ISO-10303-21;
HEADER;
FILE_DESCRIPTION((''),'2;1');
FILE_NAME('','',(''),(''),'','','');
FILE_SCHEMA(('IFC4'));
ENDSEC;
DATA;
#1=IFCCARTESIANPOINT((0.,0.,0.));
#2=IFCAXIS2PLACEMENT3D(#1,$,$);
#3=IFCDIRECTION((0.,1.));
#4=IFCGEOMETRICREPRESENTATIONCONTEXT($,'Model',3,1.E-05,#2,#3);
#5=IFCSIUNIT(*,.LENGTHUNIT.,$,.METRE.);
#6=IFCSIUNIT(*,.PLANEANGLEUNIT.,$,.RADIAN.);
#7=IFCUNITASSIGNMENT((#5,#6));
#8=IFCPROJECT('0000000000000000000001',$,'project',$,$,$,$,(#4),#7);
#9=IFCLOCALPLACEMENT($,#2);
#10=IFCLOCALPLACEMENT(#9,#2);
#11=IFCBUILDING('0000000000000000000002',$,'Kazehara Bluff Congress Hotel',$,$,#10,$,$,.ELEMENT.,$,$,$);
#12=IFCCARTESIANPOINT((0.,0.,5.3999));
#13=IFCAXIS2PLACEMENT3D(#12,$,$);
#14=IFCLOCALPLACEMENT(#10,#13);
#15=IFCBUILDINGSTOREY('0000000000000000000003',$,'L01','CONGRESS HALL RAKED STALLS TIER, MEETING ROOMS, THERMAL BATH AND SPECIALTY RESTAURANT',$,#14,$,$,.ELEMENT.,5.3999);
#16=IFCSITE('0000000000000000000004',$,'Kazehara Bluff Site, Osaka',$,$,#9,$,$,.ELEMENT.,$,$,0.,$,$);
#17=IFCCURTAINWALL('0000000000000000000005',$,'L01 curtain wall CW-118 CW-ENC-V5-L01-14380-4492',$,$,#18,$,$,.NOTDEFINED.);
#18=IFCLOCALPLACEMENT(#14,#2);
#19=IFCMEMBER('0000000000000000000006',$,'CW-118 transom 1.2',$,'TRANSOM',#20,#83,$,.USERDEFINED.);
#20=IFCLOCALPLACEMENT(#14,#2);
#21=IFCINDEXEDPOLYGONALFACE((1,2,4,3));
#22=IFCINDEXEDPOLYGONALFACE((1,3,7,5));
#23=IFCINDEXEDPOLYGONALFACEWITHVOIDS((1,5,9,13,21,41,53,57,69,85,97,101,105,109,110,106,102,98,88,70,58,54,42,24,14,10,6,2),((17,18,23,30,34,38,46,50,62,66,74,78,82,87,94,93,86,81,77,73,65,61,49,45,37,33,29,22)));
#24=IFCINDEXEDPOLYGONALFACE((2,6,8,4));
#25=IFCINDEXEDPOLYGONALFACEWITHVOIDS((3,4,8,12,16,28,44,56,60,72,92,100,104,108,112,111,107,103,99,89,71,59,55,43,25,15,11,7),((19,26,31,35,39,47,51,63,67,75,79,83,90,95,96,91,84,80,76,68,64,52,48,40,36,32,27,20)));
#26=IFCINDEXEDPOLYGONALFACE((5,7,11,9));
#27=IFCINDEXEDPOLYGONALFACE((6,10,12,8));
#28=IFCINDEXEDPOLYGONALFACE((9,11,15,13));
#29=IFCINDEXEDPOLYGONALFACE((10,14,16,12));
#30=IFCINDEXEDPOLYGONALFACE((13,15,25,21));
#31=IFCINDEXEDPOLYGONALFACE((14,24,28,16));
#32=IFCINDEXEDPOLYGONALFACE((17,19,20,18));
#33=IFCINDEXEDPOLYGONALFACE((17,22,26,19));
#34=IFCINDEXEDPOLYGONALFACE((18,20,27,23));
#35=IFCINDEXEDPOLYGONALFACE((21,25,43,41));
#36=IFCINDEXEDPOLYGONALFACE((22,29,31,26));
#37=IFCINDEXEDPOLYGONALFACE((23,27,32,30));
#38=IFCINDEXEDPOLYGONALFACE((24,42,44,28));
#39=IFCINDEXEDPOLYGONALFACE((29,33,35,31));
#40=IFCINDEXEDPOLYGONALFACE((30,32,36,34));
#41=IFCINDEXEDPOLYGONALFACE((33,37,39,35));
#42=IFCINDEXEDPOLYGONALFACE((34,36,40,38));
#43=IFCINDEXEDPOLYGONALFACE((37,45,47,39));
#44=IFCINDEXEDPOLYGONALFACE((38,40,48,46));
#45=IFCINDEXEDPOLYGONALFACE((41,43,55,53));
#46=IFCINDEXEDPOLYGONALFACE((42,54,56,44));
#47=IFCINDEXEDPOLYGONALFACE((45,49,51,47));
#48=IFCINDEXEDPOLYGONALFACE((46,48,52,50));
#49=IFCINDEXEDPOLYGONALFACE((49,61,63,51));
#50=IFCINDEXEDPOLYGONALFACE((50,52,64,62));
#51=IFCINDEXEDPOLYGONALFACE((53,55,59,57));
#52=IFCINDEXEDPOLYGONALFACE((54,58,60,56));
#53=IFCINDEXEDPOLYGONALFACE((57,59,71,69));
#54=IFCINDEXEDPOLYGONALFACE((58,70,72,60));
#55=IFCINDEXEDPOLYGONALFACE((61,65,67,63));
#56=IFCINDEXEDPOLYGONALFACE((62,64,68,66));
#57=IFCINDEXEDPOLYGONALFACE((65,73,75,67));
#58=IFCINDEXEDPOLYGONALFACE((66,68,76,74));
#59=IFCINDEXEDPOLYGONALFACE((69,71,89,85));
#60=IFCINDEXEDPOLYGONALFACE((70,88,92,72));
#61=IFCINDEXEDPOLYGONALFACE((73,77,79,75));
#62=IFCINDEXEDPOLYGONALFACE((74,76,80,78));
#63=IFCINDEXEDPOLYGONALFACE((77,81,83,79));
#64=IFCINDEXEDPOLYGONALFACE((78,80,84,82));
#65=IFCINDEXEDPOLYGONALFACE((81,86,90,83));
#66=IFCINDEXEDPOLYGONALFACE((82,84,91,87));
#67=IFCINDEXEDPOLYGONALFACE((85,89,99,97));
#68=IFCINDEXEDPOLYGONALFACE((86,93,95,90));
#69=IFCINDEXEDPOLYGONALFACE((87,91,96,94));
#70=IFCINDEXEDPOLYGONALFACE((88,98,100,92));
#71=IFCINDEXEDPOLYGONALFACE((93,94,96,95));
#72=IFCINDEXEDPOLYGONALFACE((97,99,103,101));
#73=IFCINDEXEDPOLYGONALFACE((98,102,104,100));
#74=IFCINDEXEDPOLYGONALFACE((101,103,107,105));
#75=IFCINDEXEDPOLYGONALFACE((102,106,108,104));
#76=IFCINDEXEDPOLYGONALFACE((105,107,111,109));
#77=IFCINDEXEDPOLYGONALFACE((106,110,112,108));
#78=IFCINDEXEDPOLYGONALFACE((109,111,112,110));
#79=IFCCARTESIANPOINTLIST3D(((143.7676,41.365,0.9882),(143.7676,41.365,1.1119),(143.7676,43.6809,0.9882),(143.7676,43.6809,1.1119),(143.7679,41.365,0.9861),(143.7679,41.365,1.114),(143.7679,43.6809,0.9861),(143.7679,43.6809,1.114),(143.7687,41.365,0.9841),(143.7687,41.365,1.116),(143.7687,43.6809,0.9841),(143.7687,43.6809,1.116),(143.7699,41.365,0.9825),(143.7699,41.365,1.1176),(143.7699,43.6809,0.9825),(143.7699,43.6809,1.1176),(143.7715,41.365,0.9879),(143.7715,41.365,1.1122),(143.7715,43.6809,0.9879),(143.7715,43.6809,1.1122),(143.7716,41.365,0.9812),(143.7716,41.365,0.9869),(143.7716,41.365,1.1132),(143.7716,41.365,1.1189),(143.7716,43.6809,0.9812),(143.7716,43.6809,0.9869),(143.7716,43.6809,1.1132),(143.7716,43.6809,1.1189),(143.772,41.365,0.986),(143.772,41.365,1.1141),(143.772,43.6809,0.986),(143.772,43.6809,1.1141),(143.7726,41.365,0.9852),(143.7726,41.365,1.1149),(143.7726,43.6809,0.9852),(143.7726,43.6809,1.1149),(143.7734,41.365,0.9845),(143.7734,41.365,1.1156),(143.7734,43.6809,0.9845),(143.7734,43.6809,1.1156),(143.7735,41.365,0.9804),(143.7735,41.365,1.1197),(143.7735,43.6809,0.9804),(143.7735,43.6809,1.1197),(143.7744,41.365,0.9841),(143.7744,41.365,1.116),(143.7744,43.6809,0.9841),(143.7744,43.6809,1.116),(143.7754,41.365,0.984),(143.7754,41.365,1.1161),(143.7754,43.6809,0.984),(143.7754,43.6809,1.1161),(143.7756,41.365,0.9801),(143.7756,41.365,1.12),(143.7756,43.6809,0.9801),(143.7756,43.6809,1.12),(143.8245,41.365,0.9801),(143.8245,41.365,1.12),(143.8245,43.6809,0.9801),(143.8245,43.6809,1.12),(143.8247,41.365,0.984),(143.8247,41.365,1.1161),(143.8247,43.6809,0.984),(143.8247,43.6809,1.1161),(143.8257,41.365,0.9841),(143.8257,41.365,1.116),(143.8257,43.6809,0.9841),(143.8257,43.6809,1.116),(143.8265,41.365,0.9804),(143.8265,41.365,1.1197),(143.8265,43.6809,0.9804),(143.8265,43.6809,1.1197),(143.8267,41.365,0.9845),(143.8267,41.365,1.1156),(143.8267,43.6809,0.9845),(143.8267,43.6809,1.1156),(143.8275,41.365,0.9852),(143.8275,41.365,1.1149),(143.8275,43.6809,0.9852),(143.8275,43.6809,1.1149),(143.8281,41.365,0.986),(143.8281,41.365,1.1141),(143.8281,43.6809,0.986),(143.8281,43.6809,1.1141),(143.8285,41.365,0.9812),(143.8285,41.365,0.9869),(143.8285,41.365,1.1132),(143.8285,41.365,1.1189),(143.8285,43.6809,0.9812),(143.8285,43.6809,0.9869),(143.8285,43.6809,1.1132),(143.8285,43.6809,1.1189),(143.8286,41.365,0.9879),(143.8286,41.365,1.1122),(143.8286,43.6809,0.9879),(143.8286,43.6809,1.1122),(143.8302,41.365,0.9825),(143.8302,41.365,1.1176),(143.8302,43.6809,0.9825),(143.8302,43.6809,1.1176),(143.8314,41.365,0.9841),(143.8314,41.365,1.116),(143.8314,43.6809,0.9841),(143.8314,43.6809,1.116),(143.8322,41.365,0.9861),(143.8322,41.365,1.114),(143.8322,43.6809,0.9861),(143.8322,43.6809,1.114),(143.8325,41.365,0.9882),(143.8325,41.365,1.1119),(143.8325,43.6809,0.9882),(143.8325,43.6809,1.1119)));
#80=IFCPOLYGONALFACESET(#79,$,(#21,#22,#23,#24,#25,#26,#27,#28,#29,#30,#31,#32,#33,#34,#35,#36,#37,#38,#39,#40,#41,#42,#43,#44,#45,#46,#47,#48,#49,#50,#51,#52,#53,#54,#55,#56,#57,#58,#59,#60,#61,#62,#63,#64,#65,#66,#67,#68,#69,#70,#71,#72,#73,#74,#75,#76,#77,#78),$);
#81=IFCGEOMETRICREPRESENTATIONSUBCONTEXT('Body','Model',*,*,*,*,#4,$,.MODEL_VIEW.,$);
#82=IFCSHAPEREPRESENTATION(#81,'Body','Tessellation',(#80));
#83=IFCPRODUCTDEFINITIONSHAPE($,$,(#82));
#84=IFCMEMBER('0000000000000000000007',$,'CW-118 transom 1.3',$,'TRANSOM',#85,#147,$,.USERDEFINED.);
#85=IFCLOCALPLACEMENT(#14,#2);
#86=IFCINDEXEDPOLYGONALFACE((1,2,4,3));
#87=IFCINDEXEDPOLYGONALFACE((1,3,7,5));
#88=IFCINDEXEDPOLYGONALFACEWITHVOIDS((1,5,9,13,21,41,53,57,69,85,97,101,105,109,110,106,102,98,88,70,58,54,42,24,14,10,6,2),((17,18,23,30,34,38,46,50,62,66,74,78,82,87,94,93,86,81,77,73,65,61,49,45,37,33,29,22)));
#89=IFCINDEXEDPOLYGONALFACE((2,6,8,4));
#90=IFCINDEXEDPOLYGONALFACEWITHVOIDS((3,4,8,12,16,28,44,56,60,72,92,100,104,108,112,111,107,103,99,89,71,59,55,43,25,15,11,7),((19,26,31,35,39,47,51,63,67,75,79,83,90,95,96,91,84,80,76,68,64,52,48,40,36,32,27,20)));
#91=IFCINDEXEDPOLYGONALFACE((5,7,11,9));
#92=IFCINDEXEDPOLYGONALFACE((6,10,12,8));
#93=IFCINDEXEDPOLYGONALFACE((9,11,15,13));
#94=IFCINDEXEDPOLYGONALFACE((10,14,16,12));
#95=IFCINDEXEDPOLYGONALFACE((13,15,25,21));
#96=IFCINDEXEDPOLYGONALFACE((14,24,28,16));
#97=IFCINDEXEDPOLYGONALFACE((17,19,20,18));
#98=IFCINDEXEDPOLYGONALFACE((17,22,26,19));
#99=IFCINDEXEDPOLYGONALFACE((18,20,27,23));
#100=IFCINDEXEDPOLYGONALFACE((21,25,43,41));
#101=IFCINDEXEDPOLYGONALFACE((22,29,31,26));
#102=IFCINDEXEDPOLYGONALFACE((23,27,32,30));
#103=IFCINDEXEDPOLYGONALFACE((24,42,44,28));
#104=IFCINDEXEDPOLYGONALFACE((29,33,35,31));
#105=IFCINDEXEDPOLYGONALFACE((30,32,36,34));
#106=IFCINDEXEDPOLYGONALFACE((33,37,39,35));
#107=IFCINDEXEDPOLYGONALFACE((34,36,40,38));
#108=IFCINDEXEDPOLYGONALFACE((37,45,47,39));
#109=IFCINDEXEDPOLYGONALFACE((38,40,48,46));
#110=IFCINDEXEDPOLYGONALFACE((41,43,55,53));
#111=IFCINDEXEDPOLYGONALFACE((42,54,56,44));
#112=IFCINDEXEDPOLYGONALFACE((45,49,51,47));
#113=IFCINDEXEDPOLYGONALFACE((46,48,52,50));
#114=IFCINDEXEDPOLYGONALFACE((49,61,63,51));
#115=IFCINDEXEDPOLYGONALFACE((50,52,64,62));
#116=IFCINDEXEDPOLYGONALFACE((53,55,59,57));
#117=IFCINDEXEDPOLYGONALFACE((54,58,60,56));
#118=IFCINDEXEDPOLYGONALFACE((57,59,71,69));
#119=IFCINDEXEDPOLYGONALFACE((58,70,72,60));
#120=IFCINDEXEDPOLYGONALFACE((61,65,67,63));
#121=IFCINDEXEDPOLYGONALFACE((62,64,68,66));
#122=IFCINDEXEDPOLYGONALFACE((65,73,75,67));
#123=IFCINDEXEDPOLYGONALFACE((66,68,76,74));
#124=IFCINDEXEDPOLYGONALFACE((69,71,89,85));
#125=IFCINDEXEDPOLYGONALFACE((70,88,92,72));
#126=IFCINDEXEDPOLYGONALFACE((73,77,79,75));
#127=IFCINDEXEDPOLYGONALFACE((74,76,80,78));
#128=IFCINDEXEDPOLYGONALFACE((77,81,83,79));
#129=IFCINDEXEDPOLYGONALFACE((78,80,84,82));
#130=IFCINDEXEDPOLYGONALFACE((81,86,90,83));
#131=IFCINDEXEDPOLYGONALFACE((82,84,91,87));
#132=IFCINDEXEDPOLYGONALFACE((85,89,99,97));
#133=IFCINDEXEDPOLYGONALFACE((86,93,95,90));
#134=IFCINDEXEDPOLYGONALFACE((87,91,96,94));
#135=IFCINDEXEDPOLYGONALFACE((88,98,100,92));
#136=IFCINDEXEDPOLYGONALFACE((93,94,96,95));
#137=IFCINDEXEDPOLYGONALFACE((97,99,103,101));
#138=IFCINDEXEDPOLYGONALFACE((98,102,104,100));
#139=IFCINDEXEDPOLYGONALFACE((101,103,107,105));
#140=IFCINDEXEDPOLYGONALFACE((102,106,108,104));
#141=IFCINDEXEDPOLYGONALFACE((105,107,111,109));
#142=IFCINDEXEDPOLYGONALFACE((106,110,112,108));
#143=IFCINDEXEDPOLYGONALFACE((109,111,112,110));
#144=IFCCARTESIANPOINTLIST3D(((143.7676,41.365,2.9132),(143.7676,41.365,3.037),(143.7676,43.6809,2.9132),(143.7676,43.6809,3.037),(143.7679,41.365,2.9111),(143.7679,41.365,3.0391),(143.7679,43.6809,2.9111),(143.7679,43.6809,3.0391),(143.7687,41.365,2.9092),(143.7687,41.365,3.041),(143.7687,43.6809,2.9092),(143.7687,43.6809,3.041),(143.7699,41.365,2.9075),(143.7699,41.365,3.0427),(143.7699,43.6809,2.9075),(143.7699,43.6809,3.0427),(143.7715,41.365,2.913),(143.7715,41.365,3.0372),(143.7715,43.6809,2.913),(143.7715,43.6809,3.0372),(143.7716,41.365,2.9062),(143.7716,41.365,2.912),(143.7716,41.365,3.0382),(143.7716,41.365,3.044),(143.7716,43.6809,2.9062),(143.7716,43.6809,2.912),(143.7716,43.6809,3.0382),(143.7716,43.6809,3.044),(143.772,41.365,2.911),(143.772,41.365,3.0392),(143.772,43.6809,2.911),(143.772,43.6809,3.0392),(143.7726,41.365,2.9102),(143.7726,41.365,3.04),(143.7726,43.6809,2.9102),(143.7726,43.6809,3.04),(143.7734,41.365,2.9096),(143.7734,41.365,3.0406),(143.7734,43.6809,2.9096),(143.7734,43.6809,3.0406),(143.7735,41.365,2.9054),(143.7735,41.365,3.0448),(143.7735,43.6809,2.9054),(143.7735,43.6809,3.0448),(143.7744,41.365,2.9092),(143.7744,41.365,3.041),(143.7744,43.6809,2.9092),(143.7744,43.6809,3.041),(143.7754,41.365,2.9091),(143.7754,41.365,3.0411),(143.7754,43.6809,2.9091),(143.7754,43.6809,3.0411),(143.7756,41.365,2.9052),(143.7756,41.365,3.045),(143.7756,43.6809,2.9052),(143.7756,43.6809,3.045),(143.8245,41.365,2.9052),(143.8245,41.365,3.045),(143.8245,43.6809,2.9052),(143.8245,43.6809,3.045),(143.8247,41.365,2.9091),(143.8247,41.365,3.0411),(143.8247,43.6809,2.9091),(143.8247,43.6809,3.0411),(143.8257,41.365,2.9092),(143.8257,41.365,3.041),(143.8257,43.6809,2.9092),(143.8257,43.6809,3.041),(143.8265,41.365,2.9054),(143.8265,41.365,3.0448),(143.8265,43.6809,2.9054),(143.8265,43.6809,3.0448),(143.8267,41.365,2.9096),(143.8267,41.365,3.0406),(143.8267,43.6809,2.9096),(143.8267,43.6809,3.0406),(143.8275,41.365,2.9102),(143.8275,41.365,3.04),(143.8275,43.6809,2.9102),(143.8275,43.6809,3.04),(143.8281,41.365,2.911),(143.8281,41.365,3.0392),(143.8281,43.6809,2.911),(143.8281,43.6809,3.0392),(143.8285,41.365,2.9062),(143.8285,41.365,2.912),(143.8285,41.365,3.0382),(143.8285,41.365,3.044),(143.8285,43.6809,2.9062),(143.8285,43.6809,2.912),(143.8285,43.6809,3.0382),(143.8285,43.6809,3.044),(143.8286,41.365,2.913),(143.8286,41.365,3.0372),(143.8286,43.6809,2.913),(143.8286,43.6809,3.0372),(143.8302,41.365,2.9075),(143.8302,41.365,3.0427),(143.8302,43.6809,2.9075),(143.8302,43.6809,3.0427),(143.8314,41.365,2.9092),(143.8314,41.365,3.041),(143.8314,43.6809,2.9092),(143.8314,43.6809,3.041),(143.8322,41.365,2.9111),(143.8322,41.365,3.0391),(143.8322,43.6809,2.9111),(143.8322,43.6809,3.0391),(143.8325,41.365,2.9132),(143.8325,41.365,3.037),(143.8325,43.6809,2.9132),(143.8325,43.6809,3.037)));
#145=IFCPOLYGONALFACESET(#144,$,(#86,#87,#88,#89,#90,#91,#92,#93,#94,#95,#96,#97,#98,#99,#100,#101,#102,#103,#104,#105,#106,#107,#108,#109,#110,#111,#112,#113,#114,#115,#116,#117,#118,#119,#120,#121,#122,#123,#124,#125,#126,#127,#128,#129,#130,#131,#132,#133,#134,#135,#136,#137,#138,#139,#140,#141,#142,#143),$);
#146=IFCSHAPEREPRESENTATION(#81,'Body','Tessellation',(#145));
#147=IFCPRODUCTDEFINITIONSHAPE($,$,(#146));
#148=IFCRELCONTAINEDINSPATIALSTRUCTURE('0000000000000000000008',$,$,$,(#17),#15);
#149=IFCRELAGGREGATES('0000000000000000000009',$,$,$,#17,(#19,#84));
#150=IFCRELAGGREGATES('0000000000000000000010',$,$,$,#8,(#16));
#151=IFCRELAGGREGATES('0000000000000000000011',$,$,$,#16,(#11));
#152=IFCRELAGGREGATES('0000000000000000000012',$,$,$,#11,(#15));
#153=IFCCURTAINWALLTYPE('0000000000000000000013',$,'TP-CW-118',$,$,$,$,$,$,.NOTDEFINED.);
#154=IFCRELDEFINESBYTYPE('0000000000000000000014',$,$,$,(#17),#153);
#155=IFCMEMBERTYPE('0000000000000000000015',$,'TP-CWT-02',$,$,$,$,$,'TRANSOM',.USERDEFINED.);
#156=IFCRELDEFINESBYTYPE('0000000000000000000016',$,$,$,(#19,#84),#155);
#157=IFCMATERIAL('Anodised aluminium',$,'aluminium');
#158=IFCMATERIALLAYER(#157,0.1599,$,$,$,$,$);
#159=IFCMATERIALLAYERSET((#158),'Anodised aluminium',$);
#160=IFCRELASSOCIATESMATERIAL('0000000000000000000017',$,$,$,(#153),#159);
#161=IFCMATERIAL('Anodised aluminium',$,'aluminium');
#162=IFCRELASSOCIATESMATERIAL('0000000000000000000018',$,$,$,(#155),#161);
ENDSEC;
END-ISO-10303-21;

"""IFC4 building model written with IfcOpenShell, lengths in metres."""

from ifc_helpers import new_model, si_unit, direction, frame, origin, origin_2d, place, context, subcontext, project, spatial, hollow_rectangle, extrude, material, layer, layer_set, material_profile, profile_set, type_object, element, aggregate, save


model = new_model("IFC4")

# Units and contexts
model_context = context("Model", 3, precision=1e-05, world=origin(), true_north=direction((0.0, 1.0)))
body_context = subcontext(model_context, "Body", "Model", "MODEL_VIEW")
ifc_project = project(units=[si_unit("LENGTHUNIT", "METRE"), si_unit("PLANEANGLEUNIT", "RADIAN")], contexts=[model_context])

# Site, building, storey
site_placement = place(None, origin())
site = spatial("IfcSite", under=ifc_project, at=site_placement, Name="Kazehara Bluff Site, Osaka", CompositionType="ELEMENT", RefElevation=0.0)
building_placement = place(site_placement, origin())
building = spatial("IfcBuilding", under=site, at=building_placement, Name="Kazehara Bluff Congress Hotel", CompositionType="ELEMENT")
storey_placement = place(building_placement, frame((0.0, 0.0, 5.3999)))
storey = spatial("IfcBuildingStorey", under=building, at=storey_placement, Name="L01", Description="CONGRESS HALL RAKED STALLS TIER, MEETING ROOMS, THERMAL BATH AND SPECIALTY RESTAURANT", CompositionType="ELEMENT", Elevation=5.3999)

# Curtain wall, members
ifc_material_1 = material(Name="Anodised aluminium", Category="aluminium")
ifc_layer_1 = layer(ifc_material_1, 0.1599)
ifc_layer_set_1 = layer_set([ifc_layer_1], Name="Anodised aluminium")
curtain_wall_type = type_object("IfcCurtainWallType", Name="TP-CW-118", PredefinedType="NOTDEFINED", material=ifc_layer_set_1)
curtain_wall_placement = place(storey_placement, origin())
curtain_wall = element("IfcCurtainWall", 1, at=curtain_wall_placement, inside=storey, type_object=curtain_wall_type, Name="L01 curtain wall CW-118 CW-ENC-V5-L01-14380-4492", PredefinedType="NOTDEFINED")
ifc_material_2 = material(Name="Anodised aluminium", Category="aluminium")
ifc_material_profile_1 = material_profile(ifc_material_2, hollow_rectangle(XDim=0.0649, YDim=0.1399, WallThickness=0.0039, InnerFilletRadius=0.0039, OuterFilletRadius=0.0081, at=origin_2d()))
ifc_profile_set_1 = profile_set([ifc_material_profile_1], Name="Anodised aluminium")
member_type_1 = type_object("IfcMemberType", Name="TP-CWT-02", ElementType="TRANSOM", PredefinedType="USERDEFINED", material=ifc_profile_set_1)
member_1_placement = place(storey_placement, frame((143.8, 41.365, 1.05), z_axis=(0.0, 1.0, 0.0), x_axis=(-1.0, 0.0, 0.0)))
member_1 = element("IfcMember", 2, at=member_1_placement, type_object=member_type_1, Name="CW-118 transom 1.2", ObjectType="TRANSOM", PredefinedType="USERDEFINED", context=body_context, shape_type="SweptSolid", body=[
    extrude(hollow_rectangle(XDim=0.0649, YDim=0.1399, WallThickness=0.0039, InnerFilletRadius=0.0039, OuterFilletRadius=0.0081, at=origin_2d()), origin(), (0.0, 0.0, 1.0), 2.3159),
])
member_2_placement = place(storey_placement, frame((143.8, 41.365, 2.9751), z_axis=(0.0, 1.0, 0.0), x_axis=(-1.0, 0.0, 0.0)))
member_2 = element("IfcMember", 3, at=member_2_placement, type_object=member_type_1, Name="CW-118 transom 1.3", ObjectType="TRANSOM", PredefinedType="USERDEFINED", context=body_context, shape_type="SweptSolid", body=[
    extrude(hollow_rectangle(XDim=0.0649, YDim=0.1399, WallThickness=0.0039, InnerFilletRadius=0.0039, OuterFilletRadius=0.0081, at=origin_2d()), origin(), (0.0, 0.0, 1.0), 2.3159),
])

aggregate(curtain_wall, [member_1, member_2])

save(model, "model.ifc")
